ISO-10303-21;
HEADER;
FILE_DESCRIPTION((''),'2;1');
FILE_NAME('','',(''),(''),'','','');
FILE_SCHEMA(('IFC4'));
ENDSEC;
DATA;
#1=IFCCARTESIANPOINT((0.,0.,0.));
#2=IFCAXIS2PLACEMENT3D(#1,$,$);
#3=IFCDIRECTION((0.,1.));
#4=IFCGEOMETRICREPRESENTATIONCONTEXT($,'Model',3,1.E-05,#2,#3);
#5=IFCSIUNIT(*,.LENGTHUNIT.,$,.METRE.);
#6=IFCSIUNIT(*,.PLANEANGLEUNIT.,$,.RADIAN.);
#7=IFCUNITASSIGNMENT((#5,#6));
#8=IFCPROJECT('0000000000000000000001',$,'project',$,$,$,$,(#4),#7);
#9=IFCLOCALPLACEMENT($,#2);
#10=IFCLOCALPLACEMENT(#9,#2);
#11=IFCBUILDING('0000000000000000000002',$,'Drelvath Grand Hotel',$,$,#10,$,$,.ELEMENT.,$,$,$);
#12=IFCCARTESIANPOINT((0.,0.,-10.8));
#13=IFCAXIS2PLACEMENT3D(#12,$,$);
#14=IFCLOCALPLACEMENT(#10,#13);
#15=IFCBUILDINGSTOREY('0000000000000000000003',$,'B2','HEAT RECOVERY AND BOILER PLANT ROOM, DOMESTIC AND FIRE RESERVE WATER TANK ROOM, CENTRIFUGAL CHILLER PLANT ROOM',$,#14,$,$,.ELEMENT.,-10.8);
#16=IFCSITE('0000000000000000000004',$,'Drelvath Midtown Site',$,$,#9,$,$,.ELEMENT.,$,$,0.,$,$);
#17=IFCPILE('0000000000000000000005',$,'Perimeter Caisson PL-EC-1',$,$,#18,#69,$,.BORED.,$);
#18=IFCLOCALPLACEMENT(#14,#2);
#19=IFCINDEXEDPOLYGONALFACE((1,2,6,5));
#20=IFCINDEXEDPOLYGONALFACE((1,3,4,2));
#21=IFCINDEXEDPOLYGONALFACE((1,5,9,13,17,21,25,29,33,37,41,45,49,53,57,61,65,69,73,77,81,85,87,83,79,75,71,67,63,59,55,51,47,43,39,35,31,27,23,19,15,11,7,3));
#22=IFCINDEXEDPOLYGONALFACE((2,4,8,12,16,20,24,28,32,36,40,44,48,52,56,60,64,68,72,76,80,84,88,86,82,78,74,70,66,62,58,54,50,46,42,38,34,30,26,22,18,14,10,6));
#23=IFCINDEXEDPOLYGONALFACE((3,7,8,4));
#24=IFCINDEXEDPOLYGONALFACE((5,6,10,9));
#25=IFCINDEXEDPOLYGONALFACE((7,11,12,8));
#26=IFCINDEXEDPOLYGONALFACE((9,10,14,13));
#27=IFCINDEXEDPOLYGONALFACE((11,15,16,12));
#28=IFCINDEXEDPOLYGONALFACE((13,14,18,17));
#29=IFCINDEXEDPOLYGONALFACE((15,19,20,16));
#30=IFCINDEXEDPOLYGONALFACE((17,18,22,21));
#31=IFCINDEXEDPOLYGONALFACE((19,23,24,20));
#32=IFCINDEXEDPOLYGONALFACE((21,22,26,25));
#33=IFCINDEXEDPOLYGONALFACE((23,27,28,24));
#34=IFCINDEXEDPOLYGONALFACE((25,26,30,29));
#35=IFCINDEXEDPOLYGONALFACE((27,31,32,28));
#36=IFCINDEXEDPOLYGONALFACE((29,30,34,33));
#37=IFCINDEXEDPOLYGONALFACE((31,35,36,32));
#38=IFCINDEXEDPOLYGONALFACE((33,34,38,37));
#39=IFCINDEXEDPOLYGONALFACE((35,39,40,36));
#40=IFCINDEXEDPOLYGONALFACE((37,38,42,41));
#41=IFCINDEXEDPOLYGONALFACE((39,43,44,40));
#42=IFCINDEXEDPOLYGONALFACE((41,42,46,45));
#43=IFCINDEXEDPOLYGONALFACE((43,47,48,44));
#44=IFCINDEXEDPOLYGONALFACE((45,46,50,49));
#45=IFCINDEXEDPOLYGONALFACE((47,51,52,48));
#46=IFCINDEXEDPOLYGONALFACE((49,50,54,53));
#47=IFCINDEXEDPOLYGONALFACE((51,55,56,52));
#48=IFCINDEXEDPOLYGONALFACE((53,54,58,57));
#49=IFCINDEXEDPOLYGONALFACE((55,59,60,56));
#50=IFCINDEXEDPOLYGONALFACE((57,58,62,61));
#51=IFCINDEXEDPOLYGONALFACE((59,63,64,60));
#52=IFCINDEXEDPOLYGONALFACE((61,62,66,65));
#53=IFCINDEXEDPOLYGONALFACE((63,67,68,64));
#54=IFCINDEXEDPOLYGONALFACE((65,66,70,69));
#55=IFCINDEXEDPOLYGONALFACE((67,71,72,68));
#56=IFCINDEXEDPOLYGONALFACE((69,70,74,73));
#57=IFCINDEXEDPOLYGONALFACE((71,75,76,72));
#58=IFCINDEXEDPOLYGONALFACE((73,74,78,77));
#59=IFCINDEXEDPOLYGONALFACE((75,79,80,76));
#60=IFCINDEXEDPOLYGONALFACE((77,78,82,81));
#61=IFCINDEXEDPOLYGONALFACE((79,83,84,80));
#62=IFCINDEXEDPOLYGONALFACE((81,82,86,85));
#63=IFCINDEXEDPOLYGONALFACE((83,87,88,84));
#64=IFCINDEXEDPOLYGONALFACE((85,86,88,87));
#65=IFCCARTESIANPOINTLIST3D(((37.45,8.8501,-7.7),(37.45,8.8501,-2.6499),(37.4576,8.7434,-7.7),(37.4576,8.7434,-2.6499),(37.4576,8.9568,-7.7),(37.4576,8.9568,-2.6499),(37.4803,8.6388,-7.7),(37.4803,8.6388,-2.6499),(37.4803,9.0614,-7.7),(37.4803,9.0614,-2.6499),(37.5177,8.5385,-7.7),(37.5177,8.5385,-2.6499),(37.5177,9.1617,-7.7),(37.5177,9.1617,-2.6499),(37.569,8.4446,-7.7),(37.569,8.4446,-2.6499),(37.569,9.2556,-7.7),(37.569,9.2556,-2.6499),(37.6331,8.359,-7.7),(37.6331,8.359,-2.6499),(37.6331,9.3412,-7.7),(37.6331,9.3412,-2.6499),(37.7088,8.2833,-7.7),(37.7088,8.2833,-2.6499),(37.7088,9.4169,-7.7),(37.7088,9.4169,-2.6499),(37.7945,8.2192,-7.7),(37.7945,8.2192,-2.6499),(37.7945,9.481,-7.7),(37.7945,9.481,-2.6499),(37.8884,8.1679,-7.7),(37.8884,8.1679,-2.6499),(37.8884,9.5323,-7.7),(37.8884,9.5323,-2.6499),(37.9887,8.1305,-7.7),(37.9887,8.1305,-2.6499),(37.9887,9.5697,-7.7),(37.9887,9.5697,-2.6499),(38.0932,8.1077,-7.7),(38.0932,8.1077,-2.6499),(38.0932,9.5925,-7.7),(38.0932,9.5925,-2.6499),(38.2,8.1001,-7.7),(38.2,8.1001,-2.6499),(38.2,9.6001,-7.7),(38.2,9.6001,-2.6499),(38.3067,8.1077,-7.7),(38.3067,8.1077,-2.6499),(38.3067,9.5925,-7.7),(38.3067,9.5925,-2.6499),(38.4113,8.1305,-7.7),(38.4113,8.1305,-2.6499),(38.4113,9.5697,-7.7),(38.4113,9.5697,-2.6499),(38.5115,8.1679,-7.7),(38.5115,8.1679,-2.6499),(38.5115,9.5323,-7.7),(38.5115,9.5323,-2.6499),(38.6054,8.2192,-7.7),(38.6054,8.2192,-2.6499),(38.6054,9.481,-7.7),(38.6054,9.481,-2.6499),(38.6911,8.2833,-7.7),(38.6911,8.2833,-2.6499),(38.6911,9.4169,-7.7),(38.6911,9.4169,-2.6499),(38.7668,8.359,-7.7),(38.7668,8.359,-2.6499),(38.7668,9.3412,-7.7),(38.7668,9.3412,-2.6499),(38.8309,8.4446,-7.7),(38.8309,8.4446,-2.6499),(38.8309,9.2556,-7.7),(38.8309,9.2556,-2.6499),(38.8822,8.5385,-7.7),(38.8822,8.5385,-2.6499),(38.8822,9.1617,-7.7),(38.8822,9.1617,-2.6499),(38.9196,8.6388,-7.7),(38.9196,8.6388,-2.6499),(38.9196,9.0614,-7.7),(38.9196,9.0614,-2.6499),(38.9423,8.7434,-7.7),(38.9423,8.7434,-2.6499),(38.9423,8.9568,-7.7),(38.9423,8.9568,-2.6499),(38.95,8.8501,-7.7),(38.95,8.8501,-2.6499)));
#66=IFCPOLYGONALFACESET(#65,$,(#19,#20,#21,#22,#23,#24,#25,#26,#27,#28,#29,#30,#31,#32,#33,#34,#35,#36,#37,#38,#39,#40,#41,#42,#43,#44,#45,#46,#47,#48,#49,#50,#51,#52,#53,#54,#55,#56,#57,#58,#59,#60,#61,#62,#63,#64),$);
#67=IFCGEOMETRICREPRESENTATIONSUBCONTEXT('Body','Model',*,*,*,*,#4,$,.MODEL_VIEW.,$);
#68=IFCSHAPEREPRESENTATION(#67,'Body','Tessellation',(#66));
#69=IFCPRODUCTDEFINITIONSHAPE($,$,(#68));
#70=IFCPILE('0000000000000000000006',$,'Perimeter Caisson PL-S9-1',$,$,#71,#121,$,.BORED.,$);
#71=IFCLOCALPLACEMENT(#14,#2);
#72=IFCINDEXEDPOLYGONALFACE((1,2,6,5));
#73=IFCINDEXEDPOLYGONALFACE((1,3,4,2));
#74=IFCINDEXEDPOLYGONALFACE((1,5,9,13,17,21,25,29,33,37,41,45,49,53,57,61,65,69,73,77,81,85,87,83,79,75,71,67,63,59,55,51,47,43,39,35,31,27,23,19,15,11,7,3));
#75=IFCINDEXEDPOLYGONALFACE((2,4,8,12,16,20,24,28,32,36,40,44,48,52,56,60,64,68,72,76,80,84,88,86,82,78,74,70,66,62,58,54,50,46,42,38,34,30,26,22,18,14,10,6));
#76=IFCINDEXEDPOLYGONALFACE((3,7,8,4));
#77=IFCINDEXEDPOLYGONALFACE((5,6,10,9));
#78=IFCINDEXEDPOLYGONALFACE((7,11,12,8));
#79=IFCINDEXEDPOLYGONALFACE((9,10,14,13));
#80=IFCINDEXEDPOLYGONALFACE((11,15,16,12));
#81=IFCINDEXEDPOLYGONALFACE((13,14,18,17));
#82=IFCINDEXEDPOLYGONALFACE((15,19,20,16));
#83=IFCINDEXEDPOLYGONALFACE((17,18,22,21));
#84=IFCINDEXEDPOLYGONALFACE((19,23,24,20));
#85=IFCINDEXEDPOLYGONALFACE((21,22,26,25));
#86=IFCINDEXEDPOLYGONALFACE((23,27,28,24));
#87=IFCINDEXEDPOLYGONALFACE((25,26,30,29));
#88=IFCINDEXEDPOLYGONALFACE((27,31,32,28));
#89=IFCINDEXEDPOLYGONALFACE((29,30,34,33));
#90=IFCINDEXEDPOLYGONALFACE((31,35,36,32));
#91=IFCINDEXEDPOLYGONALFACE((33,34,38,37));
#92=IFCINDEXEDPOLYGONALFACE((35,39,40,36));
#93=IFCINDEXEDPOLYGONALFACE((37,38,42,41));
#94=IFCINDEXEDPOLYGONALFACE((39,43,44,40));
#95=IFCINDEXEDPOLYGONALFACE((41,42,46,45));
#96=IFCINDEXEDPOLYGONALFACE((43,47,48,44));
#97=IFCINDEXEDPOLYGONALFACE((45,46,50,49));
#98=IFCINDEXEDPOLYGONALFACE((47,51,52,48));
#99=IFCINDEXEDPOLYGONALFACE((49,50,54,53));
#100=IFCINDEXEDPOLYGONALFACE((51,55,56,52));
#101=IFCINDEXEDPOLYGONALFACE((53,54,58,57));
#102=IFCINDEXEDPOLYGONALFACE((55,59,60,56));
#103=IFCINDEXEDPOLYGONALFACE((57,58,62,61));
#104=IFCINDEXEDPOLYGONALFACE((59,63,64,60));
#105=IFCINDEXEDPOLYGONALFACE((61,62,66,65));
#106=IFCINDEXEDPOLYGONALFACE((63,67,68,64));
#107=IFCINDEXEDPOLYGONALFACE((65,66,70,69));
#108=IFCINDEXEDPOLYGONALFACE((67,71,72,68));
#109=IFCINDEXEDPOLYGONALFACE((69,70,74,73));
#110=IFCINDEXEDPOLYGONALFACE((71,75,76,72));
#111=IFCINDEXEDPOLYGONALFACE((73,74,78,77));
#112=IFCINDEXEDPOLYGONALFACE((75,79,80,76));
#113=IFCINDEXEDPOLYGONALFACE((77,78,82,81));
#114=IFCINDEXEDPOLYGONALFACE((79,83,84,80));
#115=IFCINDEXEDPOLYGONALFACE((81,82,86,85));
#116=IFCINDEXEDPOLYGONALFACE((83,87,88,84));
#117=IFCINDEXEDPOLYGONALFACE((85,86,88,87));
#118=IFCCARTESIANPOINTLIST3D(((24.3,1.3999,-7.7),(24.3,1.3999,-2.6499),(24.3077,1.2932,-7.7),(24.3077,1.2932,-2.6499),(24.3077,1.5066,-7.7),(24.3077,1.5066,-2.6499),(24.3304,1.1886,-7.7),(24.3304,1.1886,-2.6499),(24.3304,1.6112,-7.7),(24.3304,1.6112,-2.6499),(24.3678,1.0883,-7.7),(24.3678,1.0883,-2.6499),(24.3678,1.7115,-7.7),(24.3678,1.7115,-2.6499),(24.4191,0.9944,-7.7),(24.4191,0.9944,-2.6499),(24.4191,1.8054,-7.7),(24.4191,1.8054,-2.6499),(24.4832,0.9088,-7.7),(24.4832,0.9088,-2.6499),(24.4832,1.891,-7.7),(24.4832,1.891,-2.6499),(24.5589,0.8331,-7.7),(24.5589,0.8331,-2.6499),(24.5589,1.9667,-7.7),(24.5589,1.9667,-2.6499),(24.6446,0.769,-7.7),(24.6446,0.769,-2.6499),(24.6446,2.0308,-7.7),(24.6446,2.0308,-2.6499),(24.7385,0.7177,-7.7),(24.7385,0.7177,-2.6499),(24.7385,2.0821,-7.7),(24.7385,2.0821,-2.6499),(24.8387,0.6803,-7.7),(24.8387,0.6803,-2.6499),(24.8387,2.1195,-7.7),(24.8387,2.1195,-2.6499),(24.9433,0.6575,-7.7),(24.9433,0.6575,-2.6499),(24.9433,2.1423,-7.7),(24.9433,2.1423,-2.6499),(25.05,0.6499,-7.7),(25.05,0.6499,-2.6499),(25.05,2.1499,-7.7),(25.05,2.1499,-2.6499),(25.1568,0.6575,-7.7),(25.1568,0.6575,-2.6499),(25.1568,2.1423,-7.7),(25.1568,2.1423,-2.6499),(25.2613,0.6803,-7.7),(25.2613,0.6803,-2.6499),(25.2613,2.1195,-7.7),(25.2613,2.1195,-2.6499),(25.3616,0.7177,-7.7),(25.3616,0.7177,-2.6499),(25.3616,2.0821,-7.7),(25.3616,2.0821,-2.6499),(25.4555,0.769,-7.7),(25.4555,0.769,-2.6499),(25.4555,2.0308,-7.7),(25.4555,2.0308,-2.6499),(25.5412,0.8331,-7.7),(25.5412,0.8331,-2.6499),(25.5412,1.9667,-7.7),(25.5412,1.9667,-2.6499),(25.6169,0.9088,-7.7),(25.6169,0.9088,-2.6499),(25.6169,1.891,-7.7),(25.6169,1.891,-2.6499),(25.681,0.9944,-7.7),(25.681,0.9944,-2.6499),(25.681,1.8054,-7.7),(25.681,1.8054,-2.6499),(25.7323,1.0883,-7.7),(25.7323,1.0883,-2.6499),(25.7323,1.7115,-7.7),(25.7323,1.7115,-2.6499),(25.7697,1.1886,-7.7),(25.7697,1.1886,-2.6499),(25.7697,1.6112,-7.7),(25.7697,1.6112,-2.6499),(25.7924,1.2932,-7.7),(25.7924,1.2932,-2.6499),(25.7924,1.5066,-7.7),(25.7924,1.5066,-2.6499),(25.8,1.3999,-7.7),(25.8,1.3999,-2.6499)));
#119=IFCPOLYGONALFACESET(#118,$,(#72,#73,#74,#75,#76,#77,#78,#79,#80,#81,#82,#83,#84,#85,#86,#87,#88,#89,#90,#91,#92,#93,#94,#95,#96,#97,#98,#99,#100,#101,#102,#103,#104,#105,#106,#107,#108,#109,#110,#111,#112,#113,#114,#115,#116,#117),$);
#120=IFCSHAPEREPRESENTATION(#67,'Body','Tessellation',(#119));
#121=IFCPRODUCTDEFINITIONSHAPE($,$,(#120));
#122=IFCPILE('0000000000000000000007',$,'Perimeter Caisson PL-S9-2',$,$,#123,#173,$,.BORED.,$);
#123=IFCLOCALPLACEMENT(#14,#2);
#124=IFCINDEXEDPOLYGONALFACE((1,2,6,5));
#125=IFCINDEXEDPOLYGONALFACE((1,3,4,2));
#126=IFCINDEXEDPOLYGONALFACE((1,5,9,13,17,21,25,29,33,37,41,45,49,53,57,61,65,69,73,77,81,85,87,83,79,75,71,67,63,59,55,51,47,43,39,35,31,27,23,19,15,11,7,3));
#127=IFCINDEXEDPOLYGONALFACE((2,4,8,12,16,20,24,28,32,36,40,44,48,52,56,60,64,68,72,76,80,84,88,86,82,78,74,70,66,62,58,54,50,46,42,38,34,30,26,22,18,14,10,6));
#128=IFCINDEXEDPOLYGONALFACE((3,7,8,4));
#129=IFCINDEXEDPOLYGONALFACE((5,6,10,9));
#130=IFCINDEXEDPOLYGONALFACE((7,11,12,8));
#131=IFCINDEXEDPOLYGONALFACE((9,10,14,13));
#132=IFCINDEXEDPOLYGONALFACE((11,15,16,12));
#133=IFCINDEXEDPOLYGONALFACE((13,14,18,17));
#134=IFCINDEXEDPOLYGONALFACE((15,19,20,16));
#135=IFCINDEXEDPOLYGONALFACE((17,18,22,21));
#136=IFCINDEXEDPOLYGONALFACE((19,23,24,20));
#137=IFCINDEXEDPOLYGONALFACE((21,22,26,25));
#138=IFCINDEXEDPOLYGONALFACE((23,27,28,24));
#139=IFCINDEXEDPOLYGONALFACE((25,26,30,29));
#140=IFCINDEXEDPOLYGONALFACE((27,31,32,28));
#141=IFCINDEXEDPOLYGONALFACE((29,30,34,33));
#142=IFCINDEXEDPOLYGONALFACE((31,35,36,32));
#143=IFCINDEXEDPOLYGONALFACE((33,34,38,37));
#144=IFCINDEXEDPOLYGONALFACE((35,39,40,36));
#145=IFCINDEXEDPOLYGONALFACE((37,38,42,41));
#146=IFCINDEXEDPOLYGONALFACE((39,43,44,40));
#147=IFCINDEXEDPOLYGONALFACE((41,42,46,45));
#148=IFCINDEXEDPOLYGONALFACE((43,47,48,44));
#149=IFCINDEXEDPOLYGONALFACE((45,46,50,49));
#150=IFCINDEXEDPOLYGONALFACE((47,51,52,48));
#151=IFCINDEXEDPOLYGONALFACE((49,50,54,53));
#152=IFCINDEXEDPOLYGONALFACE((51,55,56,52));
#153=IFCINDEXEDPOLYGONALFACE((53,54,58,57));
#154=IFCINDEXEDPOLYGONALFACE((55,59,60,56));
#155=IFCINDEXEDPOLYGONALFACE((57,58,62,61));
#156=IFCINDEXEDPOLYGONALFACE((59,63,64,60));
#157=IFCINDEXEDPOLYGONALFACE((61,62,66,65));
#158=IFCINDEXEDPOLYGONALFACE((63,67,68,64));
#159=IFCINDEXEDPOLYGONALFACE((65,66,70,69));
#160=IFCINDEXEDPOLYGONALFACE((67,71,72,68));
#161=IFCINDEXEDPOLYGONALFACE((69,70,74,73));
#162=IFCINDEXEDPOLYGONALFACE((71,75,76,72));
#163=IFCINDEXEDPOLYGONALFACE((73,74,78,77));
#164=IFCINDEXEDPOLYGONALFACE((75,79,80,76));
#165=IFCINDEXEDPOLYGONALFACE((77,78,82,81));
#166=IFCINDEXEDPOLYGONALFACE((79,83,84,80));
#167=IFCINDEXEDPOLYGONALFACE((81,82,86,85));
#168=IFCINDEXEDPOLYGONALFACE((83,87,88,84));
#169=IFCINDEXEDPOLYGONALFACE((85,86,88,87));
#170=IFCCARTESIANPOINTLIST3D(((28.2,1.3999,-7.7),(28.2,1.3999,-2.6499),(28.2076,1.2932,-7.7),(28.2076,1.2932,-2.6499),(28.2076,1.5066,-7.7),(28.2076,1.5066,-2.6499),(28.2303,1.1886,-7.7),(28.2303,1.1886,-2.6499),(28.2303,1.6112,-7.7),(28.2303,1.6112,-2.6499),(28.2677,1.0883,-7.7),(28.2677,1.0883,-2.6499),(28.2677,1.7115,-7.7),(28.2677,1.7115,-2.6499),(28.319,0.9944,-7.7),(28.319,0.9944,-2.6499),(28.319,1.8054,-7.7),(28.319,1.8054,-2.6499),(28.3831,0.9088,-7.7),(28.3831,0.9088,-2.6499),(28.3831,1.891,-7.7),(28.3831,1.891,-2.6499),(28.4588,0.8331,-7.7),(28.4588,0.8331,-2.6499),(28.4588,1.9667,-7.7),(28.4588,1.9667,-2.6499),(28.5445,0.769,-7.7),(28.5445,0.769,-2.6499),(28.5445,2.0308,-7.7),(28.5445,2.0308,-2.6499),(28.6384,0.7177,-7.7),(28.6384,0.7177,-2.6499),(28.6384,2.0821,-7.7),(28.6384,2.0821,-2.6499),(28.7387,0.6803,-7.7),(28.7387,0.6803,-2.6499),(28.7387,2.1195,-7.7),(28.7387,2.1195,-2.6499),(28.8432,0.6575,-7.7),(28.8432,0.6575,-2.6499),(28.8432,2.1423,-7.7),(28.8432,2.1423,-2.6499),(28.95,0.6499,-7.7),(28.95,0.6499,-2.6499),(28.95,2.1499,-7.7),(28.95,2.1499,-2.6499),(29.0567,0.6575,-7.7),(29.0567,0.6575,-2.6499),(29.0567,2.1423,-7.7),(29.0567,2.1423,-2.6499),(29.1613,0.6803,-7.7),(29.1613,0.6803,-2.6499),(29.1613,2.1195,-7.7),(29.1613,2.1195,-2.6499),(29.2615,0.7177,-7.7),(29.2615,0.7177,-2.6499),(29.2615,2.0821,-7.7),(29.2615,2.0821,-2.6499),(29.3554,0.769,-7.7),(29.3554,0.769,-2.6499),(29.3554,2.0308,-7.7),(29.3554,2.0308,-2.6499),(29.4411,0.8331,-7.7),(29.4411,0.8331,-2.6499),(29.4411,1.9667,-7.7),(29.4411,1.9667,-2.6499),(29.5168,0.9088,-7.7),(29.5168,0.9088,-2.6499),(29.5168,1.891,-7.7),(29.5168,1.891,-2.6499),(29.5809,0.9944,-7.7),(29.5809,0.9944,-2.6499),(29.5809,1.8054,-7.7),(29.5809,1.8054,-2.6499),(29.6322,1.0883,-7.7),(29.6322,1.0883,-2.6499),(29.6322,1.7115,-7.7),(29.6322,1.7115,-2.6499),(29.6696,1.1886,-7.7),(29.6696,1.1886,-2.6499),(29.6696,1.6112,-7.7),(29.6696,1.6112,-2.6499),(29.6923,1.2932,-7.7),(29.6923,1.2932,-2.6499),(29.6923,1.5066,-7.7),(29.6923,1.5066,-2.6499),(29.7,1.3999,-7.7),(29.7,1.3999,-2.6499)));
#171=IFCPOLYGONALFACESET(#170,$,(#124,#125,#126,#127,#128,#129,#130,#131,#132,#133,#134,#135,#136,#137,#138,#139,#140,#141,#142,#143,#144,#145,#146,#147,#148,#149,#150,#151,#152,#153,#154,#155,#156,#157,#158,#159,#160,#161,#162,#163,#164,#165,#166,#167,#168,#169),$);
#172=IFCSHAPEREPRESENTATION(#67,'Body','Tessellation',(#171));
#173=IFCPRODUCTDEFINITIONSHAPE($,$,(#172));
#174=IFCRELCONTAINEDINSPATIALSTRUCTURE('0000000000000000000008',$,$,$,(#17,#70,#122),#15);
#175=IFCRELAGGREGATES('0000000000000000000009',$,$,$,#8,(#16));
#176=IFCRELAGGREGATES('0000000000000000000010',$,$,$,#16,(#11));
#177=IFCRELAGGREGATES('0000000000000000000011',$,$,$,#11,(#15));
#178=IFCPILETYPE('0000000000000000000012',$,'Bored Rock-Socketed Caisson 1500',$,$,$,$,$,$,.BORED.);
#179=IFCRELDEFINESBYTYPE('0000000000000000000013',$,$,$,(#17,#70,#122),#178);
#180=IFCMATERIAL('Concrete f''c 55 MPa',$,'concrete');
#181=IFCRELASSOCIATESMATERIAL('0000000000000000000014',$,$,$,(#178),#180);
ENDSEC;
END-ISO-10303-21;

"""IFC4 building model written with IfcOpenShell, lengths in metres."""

from ifc_helpers import new_model, si_unit, direction, frame, origin, origin_2d, place, context, subcontext, project, spatial, circle, extrude, material, material_profile, profile_set, type_object, element, save


model = new_model("IFC4")

# Units and contexts
model_context = context("Model", 3, precision=1e-05, world=origin(), true_north=direction((0.0, 1.0)))
body_context = subcontext(model_context, "Body", "Model", "MODEL_VIEW")
ifc_project = project(units=[si_unit("LENGTHUNIT", "METRE"), si_unit("PLANEANGLEUNIT", "RADIAN")], contexts=[model_context])

# Site, building, storey
site_placement = place(None, origin())
site = spatial("IfcSite", under=ifc_project, at=site_placement, Name="Drelvath Midtown Site", CompositionType="ELEMENT", RefElevation=0.0)
building_placement = place(site_placement, origin())
building = spatial("IfcBuilding", under=site, at=building_placement, Name="Drelvath Grand Hotel", CompositionType="ELEMENT")
storey_placement = place(building_placement, frame((0.0, 0.0, -10.8)))
storey = spatial("IfcBuildingStorey", under=building, at=storey_placement, Name="B2", Description="HEAT RECOVERY AND BOILER PLANT ROOM, DOMESTIC AND FIRE RESERVE WATER TANK ROOM, CENTRIFUGAL CHILLER PLANT ROOM", CompositionType="ELEMENT", Elevation=-10.8)

# Piles
ifc_material_1 = material(Name="Concrete f'c 55 MPa", Category="concrete")
ifc_material_profile_1 = material_profile(ifc_material_1, circle(Radius=0.75, at=origin_2d()), Name="CAISSON1500")
ifc_profile_set_1 = profile_set([ifc_material_profile_1], Name="Concrete f'c 55 MPa")
pile_type_1 = type_object("IfcPileType", Name="Bored Rock-Socketed Caisson 1500", PredefinedType="BORED", material=ifc_profile_set_1)
for number, where, z_axis, x_axis, name in (
    (1, (38.2, 8.8501, -2.6499), (0.0, 0.0, -1.0), (1.0, 0.0, 0.0), "Perimeter Caisson PL-EC-1"),
    (2, (25.05, 1.3999, -2.6499), (0.0, 0.0, -1.0), (1.0, 0.0, 0.0), "Perimeter Caisson PL-S9-1"),
    (3, (28.95, 1.3999, -2.6499), (0.0, 0.0, -1.0), (1.0, 0.0, 0.0), "Perimeter Caisson PL-S9-2"),
):
    element("IfcPile", number, at=place(storey_placement, frame(where, z_axis=z_axis, x_axis=x_axis)), inside=storey, type_object=pile_type_1, Name=name, PredefinedType="BORED", context=body_context, shape_type="SweptSolid", body=[
        extrude(circle(Radius=0.75, at=origin_2d()), origin(), (0.0, 0.0, 1.0), 5.05),
    ])

save(model, "model.ifc")
